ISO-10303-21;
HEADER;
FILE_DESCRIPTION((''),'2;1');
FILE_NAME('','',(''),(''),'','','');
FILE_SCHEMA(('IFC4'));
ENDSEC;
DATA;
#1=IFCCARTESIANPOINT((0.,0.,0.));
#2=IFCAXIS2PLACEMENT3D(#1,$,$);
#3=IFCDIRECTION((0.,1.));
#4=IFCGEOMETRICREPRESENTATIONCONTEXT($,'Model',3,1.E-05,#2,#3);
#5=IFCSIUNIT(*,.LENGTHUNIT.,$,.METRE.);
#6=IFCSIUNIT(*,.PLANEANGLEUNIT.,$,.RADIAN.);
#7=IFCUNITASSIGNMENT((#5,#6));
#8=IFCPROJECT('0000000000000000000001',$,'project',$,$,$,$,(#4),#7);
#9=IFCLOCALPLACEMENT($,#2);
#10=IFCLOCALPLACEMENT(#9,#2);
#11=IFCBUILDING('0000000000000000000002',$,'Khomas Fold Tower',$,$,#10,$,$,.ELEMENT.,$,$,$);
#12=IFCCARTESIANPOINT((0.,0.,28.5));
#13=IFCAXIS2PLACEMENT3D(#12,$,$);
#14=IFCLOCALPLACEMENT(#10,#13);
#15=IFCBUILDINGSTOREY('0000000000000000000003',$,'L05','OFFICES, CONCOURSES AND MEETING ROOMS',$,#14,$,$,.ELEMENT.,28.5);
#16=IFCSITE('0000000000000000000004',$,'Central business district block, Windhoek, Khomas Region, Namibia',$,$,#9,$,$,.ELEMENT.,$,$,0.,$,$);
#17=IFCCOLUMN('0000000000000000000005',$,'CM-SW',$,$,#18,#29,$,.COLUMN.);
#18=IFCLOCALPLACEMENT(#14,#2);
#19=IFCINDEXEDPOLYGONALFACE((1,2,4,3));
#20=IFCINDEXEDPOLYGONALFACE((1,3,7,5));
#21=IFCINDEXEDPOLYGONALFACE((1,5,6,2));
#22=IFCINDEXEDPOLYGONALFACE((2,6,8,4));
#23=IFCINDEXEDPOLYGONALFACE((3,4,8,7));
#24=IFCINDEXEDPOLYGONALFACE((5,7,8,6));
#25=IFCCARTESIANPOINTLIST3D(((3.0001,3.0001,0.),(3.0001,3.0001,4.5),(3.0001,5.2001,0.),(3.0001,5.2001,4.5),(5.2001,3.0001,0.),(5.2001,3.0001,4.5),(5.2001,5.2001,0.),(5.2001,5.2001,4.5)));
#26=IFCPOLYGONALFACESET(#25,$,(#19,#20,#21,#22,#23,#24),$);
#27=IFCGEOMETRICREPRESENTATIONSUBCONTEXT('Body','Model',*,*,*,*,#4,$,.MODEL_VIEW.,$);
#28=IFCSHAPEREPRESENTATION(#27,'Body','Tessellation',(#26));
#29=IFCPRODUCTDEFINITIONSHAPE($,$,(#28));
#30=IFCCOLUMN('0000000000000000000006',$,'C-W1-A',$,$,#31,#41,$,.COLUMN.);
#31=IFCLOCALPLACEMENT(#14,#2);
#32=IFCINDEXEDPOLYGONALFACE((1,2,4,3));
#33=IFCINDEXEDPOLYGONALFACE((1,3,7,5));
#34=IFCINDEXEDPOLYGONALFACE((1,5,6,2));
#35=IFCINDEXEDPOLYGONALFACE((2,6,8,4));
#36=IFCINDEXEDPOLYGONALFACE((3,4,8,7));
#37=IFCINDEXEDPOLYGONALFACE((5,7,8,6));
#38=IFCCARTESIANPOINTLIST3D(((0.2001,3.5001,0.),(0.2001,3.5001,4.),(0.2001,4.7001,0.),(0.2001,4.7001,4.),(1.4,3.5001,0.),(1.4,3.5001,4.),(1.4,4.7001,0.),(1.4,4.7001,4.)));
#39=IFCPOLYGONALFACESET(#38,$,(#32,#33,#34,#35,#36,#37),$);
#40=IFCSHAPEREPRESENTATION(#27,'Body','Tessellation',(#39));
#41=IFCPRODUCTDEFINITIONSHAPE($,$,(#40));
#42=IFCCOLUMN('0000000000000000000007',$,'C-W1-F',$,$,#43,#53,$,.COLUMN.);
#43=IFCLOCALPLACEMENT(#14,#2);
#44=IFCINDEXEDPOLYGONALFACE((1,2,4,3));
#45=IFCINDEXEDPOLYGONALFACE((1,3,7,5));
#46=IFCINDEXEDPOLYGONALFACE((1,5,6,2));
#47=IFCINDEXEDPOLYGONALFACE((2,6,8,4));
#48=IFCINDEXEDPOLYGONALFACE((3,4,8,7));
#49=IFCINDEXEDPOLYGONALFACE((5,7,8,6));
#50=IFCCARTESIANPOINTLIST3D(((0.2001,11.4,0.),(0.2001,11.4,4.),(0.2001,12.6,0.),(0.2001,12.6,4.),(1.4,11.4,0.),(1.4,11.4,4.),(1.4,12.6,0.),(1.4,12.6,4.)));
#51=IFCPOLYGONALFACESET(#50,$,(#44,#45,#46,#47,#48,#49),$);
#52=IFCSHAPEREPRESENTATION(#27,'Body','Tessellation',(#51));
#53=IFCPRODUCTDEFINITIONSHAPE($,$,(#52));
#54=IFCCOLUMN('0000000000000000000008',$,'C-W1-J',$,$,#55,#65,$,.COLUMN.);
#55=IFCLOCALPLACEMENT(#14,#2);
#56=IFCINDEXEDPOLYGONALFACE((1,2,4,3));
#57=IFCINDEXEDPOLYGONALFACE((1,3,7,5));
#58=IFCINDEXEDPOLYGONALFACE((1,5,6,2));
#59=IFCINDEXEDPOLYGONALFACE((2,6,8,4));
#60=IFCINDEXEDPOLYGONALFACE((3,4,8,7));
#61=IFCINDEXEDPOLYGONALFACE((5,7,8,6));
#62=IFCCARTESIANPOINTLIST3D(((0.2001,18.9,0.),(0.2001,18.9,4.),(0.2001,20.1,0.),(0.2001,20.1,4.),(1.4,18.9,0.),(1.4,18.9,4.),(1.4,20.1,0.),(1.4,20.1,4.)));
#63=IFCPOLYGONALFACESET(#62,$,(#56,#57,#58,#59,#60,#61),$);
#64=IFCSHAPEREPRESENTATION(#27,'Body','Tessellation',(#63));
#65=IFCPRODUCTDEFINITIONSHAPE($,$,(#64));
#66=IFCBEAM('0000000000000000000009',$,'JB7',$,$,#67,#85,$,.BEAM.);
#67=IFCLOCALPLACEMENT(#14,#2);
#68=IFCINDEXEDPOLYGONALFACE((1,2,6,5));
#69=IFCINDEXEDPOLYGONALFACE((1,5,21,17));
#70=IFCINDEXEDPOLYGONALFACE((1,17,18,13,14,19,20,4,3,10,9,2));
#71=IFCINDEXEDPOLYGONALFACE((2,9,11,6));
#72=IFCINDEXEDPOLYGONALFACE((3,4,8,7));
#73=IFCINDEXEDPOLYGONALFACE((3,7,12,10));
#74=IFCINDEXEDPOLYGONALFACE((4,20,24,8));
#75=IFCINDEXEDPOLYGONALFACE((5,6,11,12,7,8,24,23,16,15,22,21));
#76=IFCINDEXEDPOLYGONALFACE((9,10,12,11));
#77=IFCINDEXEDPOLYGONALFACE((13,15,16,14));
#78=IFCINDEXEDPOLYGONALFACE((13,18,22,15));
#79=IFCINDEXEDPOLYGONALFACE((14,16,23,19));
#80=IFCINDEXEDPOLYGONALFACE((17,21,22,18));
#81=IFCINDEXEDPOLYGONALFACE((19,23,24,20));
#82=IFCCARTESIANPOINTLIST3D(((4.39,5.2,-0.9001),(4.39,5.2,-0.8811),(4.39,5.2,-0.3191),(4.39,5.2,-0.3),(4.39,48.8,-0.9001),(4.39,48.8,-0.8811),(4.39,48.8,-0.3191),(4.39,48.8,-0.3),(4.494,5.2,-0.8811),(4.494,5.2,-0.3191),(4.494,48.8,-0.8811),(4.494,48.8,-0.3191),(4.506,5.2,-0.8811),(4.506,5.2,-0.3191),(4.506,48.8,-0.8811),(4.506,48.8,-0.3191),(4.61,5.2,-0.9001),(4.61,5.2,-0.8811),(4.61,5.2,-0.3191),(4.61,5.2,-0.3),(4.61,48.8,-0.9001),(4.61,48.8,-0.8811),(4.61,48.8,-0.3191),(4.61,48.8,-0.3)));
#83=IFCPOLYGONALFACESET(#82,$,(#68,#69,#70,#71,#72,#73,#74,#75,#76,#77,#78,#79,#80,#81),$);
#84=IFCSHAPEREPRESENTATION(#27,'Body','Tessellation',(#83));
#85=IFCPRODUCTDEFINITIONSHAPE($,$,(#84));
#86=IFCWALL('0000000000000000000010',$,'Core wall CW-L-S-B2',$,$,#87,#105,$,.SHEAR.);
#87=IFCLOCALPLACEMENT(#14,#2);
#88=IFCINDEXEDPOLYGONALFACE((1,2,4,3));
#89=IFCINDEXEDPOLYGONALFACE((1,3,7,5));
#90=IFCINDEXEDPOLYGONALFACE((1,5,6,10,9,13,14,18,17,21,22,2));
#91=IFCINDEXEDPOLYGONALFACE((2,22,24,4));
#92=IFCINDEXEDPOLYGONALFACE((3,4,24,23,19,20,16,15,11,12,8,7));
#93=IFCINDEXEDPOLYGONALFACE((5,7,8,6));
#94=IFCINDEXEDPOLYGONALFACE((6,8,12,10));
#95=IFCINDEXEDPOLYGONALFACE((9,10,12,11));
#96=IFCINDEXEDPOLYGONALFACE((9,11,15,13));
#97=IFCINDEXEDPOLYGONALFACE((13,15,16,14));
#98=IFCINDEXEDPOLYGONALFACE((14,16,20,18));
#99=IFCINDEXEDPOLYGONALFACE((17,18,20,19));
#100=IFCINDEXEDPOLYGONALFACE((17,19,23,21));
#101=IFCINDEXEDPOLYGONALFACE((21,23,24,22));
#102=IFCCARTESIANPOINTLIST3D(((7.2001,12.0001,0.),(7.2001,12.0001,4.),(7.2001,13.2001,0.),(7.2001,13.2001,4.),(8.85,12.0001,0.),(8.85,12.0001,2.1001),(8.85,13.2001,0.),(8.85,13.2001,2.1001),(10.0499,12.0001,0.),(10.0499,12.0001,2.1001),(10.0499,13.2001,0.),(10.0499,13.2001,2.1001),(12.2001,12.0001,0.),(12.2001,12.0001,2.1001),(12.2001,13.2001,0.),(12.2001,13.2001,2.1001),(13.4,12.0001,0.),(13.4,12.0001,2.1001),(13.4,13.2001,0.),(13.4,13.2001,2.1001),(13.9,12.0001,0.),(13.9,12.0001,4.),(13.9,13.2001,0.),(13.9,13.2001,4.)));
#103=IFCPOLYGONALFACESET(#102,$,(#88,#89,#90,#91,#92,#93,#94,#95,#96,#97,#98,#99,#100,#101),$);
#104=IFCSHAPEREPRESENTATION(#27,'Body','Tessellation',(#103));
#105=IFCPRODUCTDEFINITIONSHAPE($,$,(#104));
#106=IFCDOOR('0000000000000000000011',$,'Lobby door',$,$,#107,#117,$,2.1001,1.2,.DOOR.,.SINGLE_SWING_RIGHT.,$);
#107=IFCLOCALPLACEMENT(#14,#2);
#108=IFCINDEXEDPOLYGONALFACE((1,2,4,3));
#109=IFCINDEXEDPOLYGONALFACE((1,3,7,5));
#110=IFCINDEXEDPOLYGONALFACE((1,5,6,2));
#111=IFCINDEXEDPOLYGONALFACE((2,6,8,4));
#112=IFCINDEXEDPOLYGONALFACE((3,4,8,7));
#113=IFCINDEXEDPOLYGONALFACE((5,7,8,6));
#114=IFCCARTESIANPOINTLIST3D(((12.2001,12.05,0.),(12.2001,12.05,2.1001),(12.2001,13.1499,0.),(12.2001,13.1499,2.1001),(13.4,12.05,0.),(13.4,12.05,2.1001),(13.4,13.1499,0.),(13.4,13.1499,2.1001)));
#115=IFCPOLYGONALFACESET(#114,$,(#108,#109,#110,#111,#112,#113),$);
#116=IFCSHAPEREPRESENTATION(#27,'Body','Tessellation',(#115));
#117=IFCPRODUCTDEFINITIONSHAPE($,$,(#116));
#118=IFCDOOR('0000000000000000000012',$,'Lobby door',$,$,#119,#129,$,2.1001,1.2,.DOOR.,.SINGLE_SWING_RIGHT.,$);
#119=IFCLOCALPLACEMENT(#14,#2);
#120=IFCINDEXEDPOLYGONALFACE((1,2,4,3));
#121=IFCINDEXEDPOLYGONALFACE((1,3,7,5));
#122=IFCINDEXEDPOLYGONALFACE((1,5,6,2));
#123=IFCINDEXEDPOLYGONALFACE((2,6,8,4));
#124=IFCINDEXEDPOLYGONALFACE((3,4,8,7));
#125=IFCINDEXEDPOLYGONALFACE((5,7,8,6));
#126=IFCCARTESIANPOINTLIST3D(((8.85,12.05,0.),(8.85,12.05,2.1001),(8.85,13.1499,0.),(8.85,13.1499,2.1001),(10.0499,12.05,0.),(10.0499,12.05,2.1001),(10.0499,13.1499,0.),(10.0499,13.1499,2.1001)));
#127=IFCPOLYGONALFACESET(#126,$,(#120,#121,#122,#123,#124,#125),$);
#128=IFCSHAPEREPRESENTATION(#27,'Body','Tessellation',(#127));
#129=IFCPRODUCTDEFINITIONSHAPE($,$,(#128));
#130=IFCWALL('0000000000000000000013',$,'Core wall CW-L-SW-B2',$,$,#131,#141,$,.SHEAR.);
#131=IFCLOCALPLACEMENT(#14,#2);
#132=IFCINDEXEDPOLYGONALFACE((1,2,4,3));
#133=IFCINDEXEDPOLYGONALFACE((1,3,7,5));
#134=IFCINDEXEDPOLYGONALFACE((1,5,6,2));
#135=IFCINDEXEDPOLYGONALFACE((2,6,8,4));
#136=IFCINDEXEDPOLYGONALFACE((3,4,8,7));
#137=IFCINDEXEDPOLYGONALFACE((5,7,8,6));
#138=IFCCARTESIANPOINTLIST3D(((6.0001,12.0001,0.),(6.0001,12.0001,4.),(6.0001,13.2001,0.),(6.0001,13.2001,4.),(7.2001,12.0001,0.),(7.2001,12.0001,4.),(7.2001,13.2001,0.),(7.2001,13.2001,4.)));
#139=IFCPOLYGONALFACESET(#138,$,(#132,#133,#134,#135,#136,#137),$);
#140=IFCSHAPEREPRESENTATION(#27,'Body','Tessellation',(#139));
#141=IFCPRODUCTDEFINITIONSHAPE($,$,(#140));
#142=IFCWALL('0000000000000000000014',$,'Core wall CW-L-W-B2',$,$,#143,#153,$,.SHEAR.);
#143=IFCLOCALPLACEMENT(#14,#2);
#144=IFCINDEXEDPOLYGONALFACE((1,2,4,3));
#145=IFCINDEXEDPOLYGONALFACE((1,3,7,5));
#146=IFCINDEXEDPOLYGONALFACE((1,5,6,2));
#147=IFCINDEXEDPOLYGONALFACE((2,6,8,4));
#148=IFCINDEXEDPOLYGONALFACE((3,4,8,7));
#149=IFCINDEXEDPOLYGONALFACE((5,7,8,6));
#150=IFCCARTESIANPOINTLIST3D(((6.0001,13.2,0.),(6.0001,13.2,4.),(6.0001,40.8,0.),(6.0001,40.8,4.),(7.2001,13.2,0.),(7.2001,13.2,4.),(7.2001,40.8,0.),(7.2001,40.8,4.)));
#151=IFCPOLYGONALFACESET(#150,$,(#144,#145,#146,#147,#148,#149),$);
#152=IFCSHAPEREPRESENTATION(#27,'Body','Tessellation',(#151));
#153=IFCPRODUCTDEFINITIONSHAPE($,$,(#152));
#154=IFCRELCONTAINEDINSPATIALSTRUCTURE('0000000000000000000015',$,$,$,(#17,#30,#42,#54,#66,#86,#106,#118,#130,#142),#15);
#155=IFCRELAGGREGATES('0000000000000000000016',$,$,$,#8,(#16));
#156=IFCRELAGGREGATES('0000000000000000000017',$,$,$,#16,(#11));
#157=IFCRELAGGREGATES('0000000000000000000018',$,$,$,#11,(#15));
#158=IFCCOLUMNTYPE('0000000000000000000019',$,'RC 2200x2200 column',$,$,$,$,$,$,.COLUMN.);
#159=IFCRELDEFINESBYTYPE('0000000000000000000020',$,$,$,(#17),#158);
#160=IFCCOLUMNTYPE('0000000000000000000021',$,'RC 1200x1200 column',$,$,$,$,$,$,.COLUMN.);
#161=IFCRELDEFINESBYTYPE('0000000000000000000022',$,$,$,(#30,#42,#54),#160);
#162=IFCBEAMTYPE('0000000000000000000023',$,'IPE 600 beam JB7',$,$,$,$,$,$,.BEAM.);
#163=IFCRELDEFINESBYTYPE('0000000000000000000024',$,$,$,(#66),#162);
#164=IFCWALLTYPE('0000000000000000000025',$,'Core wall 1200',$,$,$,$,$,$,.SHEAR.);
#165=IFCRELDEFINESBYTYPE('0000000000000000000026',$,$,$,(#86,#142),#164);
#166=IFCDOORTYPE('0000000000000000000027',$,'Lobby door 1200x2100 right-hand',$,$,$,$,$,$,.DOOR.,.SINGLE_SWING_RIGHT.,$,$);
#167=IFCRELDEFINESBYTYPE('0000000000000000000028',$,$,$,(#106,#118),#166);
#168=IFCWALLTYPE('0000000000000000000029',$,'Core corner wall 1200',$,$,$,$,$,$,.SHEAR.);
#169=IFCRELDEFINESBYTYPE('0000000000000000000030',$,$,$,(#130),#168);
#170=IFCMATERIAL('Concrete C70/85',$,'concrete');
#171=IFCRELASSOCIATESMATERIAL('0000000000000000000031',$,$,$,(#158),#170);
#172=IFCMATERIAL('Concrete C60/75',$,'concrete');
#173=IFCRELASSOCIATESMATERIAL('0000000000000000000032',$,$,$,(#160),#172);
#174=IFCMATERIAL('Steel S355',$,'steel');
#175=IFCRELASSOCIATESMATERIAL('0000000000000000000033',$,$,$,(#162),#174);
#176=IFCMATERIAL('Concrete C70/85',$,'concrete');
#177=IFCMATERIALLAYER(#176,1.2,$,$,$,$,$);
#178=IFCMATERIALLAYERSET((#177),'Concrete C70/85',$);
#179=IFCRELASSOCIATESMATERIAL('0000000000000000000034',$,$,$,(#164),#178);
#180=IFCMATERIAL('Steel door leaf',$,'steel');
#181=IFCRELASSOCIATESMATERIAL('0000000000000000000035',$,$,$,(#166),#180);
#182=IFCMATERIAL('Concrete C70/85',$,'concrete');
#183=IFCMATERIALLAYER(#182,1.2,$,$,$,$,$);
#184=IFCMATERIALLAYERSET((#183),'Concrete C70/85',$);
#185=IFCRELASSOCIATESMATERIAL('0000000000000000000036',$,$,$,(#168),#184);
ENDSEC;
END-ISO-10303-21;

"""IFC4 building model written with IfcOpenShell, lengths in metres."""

from ifc_helpers import new_model, si_unit, direction, frame, frame_2d, origin, origin_2d, place, context, subcontext, project, spatial, rectangle, i_section, extrude, source, transform, mapped, material, layer, layer_set, material_profile, profile_set, type_object, element, fill, save


model = new_model("IFC4")

# Units and contexts
model_context = context("Model", 3, precision=1e-05, world=origin(), true_north=direction((0.0, 1.0)))
body_context = subcontext(model_context, "Body", "Model", "MODEL_VIEW")
ifc_project = project(units=[si_unit("LENGTHUNIT", "METRE"), si_unit("PLANEANGLEUNIT", "RADIAN")], contexts=[model_context])

# Site, building, storey
site_placement = place(None, origin())
site = spatial("IfcSite", under=ifc_project, at=site_placement, Name="Central business district block, Windhoek, Khomas Region, Namibia", CompositionType="ELEMENT", RefElevation=0.0)
building_placement = place(site_placement, origin())
building = spatial("IfcBuilding", under=site, at=building_placement, Name="Khomas Fold Tower", CompositionType="ELEMENT")
storey_placement = place(building_placement, frame((0.0, 0.0, 28.5)))
storey = spatial("IfcBuildingStorey", under=building, at=storey_placement, Name="L05", Description="OFFICES, CONCOURSES AND MEETING ROOMS", CompositionType="ELEMENT", Elevation=28.5)

# Columns
ifc_material_1 = material(Name="Concrete C70/85", Category="concrete")
ifc_material_profile_1 = material_profile(ifc_material_1, rectangle(XDim=2.2, YDim=2.2, at=origin_2d()), Name="RC 2200x2200")
ifc_profile_set_1 = profile_set([ifc_material_profile_1], Name="Concrete C70/85")
column_type_1 = type_object("IfcColumnType", Name="RC 2200x2200 column", PredefinedType="COLUMN", material=ifc_profile_set_1)
shared_shape_1 = source(origin(), body_context, "Body", "SweptSolid", [
    extrude(rectangle(XDim=2.2, YDim=2.2, at=origin_2d()), origin(), (0.0, 0.0, 1.0), 4.5),
])
column_placement = place(storey_placement, frame((4.1001, 4.1001, 0.0), z_axis=(0.0, 0.0, 1.0), x_axis=(1.0, 0.0, 0.0)))
element("IfcColumn", 1, at=column_placement, inside=storey, type_object=column_type_1, Name="CM-SW", PredefinedType="COLUMN", context=body_context, shape_type="MappedRepresentation", body=[
    mapped(shared_shape_1, transform((0.0, 0.0, 0.0))),
])
ifc_material_2 = material(Name="Concrete C60/75", Category="concrete")
ifc_material_profile_2 = material_profile(ifc_material_2, rectangle(XDim=1.2, YDim=1.2, at=origin_2d()), Name="RC 1200x1200")
ifc_profile_set_2 = profile_set([ifc_material_profile_2], Name="Concrete C60/75")
column_type_2 = type_object("IfcColumnType", Name="RC 1200x1200 column", PredefinedType="COLUMN", material=ifc_profile_set_2)
shared_shape_2 = source(origin(), body_context, "Body", "SweptSolid", [
    extrude(rectangle(XDim=1.2, YDim=1.2, at=origin_2d()), origin(), (0.0, 0.0, 1.0), 4.0),
])
for number, where, z_axis, x_axis, name in (
    (2, (0.8, 4.1001, 0.0), (0.0, 0.0, 1.0), (1.0, 0.0, 0.0), "C-W1-A"),
    (3, (0.8, 12.0, 0.0), (0.0, 0.0, 1.0), (1.0, 0.0, 0.0), "C-W1-F"),
    (4, (0.8, 19.5, 0.0), (0.0, 0.0, 1.0), (1.0, 0.0, 0.0), "C-W1-J"),
):
    element("IfcColumn", number, at=place(storey_placement, frame(where, z_axis=z_axis, x_axis=x_axis)), inside=storey, type_object=column_type_2, Name=name, PredefinedType="COLUMN", context=body_context, shape_type="MappedRepresentation", body=[
        mapped(shared_shape_2, transform((0.0, 0.0, 0.0))),
    ])

# Beam
ifc_material_3 = material(Name="Steel S355", Category="steel")
ifc_material_profile_3 = material_profile(ifc_material_3, i_section(OverallWidth=0.22, OverallDepth=0.6001, WebThickness=0.012, FlangeThickness=0.019, at=origin_2d()), Name="IPE 600")
ifc_profile_set_3 = profile_set([ifc_material_profile_3], Name="Steel S355")
beam_type = type_object("IfcBeamType", Name="IPE 600 beam JB7", PredefinedType="BEAM", material=ifc_profile_set_3)
shared_shape_3 = source(origin(), body_context, "Body", "SweptSolid", [
    extrude(i_section(OverallWidth=0.22, OverallDepth=0.6001, WebThickness=0.012, FlangeThickness=0.019, at=origin_2d()), origin(), (0.0, 0.0, 1.0), 43.6001),
])
beam_placement = place(storey_placement, frame((4.5, 5.2, -0.6001), z_axis=(0.0, 1.0, 0.0), x_axis=(-1.0, 0.0, 0.0)))
element("IfcBeam", 5, at=beam_placement, inside=storey, type_object=beam_type, Name="JB7", PredefinedType="BEAM", context=body_context, shape_type="MappedRepresentation", body=[
    mapped(shared_shape_3, transform((0.0, 0.0, 0.0))),
])

# Wall, openings, doors
ifc_material_4 = material(Name="Concrete C70/85", Category="concrete")
ifc_layer_1 = layer(ifc_material_4, 1.2)
ifc_layer_set_1 = layer_set([ifc_layer_1], Name="Concrete C70/85")
wall_type_1 = type_object("IfcWallType", Name="Core wall 1200", PredefinedType="SHEAR", material=ifc_layer_set_1)
shared_shape_4 = source(origin(), body_context, "Body", "SweptSolid", [
    extrude(rectangle(XDim=6.7, YDim=1.2, at=frame_2d((3.3501, 0.0))), origin(), (0.0, 0.0, 1.0), 4.0),
])
wall_1_placement = place(storey_placement, frame((7.2, 12.6001, 0.0), z_axis=(0.0, 0.0, 1.0), x_axis=(1.0, 0.0, 0.0)))
wall_1 = element("IfcWall", 6, at=wall_1_placement, inside=storey, type_object=wall_type_1, Name="Core wall CW-L-S-B2", PredefinedType="SHEAR", context=body_context, shape_type="MappedRepresentation", body=[
    mapped(shared_shape_4, transform((0.0, 0.0, 0.0))),
])
shared_shape_5 = source(origin(), body_context, "Body", "SweptSolid", [
    extrude(rectangle(XDim=1.2, YDim=2.1001, at=frame_2d((0.6001, 1.05))), frame((0.0, 0.6099, 0.0), z_axis=(0.0, -1.0, 0.0), x_axis=(1.0, 0.0, 0.0)), (0.0, 0.0, 1.0), 1.22),
])
opening_1_placement = place(wall_1_placement, frame((5.0, 0.0, 0.0)))
opening_1 = element("IfcOpeningElement", 7, at=opening_1_placement, cuts=wall_1, PredefinedType="OPENING", context=body_context, shape_type="MappedRepresentation", body=[
    mapped(shared_shape_5, transform((0.0, 0.0, 0.0))),
])
opening_2_placement = place(wall_1_placement, frame((1.6499, 0.0, 0.0)))
opening_2 = element("IfcOpeningElement", 8, at=opening_2_placement, cuts=wall_1, PredefinedType="OPENING", context=body_context, shape_type="MappedRepresentation", body=[
    mapped(shared_shape_5, transform((0.0, 0.0, 0.0))),
])
ifc_material_5 = material(Name="Steel door leaf", Category="steel")
door_type_1 = type_object("IfcDoorType", Name="Lobby door 1200x2100 right-hand", OperationType="SINGLE_SWING_RIGHT", PredefinedType="DOOR", material=ifc_material_5)
shared_shape_6 = source(origin(), body_context, "Body", "SweptSolid", [
    extrude(rectangle(XDim=1.2, YDim=2.1001, at=frame_2d((0.6001, 1.05))), frame((0.0, 0.5498, 0.0), z_axis=(0.0, -1.0, 0.0), x_axis=(1.0, 0.0, 0.0)), (0.0, 0.0, 1.0), 1.0999),
])
door_1_placement = place(opening_1_placement, origin())
door_1 = element("IfcDoor", 9, at=door_1_placement, inside=storey, type_object=door_type_1, Name="Lobby door", OperationType="SINGLE_SWING_RIGHT", OverallHeight=2.1001, OverallWidth=1.2, PredefinedType="DOOR", context=body_context, shape_type="MappedRepresentation", body=[
    mapped(shared_shape_6, transform((0.0, 0.0, 0.0))),
])
fill(opening_1, door_1)
door_2_placement = place(opening_2_placement, origin())
door_2 = element("IfcDoor", 10, at=door_2_placement, inside=storey, type_object=door_type_1, Name="Lobby door", OperationType="SINGLE_SWING_RIGHT", OverallHeight=2.1001, OverallWidth=1.2, PredefinedType="DOOR", context=body_context, shape_type="MappedRepresentation", body=[
    mapped(shared_shape_6, transform((0.0, 0.0, 0.0))),
])
fill(opening_2, door_2)

# Walls
ifc_material_6 = material(Name="Concrete C70/85", Category="concrete")
ifc_layer_2 = layer(ifc_material_6, 1.2)
ifc_layer_set_2 = layer_set([ifc_layer_2], Name="Concrete C70/85")
wall_type_2 = type_object("IfcWallType", Name="Core corner wall 1200", PredefinedType="SHEAR", material=ifc_layer_set_2)
shared_shape_7 = source(origin(), body_context, "Body", "SweptSolid", [
    extrude(rectangle(XDim=1.2, YDim=1.2, at=frame_2d((0.6001, 0.0))), origin(), (0.0, 0.0, 1.0), 4.0),
])
wall_2_placement = place(storey_placement, frame((6.0, 12.6001, 0.0), z_axis=(0.0, 0.0, 1.0), x_axis=(1.0, 0.0, 0.0)))
element("IfcWall", 11, at=wall_2_placement, inside=storey, type_object=wall_type_2, Name="Core wall CW-L-SW-B2", PredefinedType="SHEAR", context=body_context, shape_type="MappedRepresentation", body=[
    mapped(shared_shape_7, transform((0.0, 0.0, 0.0))),
])
shared_shape_8 = source(origin(), body_context, "Body", "SweptSolid", [
    extrude(rectangle(XDim=27.6001, YDim=1.2, at=frame_2d((13.8, 0.0))), origin(), (0.0, 0.0, 1.0), 4.0),
])
wall_3_placement = place(storey_placement, frame((6.6001, 13.2, 0.0), z_axis=(0.0, 0.0, 1.0), x_axis=(0.0, 1.0, 0.0)))
element("IfcWall", 12, at=wall_3_placement, inside=storey, type_object=wall_type_1, Name="Core wall CW-L-W-B2", PredefinedType="SHEAR", context=body_context, shape_type="MappedRepresentation", body=[
    mapped(shared_shape_8, transform((0.0, 0.0, 0.0))),
])

save(model, "model.ifc")
